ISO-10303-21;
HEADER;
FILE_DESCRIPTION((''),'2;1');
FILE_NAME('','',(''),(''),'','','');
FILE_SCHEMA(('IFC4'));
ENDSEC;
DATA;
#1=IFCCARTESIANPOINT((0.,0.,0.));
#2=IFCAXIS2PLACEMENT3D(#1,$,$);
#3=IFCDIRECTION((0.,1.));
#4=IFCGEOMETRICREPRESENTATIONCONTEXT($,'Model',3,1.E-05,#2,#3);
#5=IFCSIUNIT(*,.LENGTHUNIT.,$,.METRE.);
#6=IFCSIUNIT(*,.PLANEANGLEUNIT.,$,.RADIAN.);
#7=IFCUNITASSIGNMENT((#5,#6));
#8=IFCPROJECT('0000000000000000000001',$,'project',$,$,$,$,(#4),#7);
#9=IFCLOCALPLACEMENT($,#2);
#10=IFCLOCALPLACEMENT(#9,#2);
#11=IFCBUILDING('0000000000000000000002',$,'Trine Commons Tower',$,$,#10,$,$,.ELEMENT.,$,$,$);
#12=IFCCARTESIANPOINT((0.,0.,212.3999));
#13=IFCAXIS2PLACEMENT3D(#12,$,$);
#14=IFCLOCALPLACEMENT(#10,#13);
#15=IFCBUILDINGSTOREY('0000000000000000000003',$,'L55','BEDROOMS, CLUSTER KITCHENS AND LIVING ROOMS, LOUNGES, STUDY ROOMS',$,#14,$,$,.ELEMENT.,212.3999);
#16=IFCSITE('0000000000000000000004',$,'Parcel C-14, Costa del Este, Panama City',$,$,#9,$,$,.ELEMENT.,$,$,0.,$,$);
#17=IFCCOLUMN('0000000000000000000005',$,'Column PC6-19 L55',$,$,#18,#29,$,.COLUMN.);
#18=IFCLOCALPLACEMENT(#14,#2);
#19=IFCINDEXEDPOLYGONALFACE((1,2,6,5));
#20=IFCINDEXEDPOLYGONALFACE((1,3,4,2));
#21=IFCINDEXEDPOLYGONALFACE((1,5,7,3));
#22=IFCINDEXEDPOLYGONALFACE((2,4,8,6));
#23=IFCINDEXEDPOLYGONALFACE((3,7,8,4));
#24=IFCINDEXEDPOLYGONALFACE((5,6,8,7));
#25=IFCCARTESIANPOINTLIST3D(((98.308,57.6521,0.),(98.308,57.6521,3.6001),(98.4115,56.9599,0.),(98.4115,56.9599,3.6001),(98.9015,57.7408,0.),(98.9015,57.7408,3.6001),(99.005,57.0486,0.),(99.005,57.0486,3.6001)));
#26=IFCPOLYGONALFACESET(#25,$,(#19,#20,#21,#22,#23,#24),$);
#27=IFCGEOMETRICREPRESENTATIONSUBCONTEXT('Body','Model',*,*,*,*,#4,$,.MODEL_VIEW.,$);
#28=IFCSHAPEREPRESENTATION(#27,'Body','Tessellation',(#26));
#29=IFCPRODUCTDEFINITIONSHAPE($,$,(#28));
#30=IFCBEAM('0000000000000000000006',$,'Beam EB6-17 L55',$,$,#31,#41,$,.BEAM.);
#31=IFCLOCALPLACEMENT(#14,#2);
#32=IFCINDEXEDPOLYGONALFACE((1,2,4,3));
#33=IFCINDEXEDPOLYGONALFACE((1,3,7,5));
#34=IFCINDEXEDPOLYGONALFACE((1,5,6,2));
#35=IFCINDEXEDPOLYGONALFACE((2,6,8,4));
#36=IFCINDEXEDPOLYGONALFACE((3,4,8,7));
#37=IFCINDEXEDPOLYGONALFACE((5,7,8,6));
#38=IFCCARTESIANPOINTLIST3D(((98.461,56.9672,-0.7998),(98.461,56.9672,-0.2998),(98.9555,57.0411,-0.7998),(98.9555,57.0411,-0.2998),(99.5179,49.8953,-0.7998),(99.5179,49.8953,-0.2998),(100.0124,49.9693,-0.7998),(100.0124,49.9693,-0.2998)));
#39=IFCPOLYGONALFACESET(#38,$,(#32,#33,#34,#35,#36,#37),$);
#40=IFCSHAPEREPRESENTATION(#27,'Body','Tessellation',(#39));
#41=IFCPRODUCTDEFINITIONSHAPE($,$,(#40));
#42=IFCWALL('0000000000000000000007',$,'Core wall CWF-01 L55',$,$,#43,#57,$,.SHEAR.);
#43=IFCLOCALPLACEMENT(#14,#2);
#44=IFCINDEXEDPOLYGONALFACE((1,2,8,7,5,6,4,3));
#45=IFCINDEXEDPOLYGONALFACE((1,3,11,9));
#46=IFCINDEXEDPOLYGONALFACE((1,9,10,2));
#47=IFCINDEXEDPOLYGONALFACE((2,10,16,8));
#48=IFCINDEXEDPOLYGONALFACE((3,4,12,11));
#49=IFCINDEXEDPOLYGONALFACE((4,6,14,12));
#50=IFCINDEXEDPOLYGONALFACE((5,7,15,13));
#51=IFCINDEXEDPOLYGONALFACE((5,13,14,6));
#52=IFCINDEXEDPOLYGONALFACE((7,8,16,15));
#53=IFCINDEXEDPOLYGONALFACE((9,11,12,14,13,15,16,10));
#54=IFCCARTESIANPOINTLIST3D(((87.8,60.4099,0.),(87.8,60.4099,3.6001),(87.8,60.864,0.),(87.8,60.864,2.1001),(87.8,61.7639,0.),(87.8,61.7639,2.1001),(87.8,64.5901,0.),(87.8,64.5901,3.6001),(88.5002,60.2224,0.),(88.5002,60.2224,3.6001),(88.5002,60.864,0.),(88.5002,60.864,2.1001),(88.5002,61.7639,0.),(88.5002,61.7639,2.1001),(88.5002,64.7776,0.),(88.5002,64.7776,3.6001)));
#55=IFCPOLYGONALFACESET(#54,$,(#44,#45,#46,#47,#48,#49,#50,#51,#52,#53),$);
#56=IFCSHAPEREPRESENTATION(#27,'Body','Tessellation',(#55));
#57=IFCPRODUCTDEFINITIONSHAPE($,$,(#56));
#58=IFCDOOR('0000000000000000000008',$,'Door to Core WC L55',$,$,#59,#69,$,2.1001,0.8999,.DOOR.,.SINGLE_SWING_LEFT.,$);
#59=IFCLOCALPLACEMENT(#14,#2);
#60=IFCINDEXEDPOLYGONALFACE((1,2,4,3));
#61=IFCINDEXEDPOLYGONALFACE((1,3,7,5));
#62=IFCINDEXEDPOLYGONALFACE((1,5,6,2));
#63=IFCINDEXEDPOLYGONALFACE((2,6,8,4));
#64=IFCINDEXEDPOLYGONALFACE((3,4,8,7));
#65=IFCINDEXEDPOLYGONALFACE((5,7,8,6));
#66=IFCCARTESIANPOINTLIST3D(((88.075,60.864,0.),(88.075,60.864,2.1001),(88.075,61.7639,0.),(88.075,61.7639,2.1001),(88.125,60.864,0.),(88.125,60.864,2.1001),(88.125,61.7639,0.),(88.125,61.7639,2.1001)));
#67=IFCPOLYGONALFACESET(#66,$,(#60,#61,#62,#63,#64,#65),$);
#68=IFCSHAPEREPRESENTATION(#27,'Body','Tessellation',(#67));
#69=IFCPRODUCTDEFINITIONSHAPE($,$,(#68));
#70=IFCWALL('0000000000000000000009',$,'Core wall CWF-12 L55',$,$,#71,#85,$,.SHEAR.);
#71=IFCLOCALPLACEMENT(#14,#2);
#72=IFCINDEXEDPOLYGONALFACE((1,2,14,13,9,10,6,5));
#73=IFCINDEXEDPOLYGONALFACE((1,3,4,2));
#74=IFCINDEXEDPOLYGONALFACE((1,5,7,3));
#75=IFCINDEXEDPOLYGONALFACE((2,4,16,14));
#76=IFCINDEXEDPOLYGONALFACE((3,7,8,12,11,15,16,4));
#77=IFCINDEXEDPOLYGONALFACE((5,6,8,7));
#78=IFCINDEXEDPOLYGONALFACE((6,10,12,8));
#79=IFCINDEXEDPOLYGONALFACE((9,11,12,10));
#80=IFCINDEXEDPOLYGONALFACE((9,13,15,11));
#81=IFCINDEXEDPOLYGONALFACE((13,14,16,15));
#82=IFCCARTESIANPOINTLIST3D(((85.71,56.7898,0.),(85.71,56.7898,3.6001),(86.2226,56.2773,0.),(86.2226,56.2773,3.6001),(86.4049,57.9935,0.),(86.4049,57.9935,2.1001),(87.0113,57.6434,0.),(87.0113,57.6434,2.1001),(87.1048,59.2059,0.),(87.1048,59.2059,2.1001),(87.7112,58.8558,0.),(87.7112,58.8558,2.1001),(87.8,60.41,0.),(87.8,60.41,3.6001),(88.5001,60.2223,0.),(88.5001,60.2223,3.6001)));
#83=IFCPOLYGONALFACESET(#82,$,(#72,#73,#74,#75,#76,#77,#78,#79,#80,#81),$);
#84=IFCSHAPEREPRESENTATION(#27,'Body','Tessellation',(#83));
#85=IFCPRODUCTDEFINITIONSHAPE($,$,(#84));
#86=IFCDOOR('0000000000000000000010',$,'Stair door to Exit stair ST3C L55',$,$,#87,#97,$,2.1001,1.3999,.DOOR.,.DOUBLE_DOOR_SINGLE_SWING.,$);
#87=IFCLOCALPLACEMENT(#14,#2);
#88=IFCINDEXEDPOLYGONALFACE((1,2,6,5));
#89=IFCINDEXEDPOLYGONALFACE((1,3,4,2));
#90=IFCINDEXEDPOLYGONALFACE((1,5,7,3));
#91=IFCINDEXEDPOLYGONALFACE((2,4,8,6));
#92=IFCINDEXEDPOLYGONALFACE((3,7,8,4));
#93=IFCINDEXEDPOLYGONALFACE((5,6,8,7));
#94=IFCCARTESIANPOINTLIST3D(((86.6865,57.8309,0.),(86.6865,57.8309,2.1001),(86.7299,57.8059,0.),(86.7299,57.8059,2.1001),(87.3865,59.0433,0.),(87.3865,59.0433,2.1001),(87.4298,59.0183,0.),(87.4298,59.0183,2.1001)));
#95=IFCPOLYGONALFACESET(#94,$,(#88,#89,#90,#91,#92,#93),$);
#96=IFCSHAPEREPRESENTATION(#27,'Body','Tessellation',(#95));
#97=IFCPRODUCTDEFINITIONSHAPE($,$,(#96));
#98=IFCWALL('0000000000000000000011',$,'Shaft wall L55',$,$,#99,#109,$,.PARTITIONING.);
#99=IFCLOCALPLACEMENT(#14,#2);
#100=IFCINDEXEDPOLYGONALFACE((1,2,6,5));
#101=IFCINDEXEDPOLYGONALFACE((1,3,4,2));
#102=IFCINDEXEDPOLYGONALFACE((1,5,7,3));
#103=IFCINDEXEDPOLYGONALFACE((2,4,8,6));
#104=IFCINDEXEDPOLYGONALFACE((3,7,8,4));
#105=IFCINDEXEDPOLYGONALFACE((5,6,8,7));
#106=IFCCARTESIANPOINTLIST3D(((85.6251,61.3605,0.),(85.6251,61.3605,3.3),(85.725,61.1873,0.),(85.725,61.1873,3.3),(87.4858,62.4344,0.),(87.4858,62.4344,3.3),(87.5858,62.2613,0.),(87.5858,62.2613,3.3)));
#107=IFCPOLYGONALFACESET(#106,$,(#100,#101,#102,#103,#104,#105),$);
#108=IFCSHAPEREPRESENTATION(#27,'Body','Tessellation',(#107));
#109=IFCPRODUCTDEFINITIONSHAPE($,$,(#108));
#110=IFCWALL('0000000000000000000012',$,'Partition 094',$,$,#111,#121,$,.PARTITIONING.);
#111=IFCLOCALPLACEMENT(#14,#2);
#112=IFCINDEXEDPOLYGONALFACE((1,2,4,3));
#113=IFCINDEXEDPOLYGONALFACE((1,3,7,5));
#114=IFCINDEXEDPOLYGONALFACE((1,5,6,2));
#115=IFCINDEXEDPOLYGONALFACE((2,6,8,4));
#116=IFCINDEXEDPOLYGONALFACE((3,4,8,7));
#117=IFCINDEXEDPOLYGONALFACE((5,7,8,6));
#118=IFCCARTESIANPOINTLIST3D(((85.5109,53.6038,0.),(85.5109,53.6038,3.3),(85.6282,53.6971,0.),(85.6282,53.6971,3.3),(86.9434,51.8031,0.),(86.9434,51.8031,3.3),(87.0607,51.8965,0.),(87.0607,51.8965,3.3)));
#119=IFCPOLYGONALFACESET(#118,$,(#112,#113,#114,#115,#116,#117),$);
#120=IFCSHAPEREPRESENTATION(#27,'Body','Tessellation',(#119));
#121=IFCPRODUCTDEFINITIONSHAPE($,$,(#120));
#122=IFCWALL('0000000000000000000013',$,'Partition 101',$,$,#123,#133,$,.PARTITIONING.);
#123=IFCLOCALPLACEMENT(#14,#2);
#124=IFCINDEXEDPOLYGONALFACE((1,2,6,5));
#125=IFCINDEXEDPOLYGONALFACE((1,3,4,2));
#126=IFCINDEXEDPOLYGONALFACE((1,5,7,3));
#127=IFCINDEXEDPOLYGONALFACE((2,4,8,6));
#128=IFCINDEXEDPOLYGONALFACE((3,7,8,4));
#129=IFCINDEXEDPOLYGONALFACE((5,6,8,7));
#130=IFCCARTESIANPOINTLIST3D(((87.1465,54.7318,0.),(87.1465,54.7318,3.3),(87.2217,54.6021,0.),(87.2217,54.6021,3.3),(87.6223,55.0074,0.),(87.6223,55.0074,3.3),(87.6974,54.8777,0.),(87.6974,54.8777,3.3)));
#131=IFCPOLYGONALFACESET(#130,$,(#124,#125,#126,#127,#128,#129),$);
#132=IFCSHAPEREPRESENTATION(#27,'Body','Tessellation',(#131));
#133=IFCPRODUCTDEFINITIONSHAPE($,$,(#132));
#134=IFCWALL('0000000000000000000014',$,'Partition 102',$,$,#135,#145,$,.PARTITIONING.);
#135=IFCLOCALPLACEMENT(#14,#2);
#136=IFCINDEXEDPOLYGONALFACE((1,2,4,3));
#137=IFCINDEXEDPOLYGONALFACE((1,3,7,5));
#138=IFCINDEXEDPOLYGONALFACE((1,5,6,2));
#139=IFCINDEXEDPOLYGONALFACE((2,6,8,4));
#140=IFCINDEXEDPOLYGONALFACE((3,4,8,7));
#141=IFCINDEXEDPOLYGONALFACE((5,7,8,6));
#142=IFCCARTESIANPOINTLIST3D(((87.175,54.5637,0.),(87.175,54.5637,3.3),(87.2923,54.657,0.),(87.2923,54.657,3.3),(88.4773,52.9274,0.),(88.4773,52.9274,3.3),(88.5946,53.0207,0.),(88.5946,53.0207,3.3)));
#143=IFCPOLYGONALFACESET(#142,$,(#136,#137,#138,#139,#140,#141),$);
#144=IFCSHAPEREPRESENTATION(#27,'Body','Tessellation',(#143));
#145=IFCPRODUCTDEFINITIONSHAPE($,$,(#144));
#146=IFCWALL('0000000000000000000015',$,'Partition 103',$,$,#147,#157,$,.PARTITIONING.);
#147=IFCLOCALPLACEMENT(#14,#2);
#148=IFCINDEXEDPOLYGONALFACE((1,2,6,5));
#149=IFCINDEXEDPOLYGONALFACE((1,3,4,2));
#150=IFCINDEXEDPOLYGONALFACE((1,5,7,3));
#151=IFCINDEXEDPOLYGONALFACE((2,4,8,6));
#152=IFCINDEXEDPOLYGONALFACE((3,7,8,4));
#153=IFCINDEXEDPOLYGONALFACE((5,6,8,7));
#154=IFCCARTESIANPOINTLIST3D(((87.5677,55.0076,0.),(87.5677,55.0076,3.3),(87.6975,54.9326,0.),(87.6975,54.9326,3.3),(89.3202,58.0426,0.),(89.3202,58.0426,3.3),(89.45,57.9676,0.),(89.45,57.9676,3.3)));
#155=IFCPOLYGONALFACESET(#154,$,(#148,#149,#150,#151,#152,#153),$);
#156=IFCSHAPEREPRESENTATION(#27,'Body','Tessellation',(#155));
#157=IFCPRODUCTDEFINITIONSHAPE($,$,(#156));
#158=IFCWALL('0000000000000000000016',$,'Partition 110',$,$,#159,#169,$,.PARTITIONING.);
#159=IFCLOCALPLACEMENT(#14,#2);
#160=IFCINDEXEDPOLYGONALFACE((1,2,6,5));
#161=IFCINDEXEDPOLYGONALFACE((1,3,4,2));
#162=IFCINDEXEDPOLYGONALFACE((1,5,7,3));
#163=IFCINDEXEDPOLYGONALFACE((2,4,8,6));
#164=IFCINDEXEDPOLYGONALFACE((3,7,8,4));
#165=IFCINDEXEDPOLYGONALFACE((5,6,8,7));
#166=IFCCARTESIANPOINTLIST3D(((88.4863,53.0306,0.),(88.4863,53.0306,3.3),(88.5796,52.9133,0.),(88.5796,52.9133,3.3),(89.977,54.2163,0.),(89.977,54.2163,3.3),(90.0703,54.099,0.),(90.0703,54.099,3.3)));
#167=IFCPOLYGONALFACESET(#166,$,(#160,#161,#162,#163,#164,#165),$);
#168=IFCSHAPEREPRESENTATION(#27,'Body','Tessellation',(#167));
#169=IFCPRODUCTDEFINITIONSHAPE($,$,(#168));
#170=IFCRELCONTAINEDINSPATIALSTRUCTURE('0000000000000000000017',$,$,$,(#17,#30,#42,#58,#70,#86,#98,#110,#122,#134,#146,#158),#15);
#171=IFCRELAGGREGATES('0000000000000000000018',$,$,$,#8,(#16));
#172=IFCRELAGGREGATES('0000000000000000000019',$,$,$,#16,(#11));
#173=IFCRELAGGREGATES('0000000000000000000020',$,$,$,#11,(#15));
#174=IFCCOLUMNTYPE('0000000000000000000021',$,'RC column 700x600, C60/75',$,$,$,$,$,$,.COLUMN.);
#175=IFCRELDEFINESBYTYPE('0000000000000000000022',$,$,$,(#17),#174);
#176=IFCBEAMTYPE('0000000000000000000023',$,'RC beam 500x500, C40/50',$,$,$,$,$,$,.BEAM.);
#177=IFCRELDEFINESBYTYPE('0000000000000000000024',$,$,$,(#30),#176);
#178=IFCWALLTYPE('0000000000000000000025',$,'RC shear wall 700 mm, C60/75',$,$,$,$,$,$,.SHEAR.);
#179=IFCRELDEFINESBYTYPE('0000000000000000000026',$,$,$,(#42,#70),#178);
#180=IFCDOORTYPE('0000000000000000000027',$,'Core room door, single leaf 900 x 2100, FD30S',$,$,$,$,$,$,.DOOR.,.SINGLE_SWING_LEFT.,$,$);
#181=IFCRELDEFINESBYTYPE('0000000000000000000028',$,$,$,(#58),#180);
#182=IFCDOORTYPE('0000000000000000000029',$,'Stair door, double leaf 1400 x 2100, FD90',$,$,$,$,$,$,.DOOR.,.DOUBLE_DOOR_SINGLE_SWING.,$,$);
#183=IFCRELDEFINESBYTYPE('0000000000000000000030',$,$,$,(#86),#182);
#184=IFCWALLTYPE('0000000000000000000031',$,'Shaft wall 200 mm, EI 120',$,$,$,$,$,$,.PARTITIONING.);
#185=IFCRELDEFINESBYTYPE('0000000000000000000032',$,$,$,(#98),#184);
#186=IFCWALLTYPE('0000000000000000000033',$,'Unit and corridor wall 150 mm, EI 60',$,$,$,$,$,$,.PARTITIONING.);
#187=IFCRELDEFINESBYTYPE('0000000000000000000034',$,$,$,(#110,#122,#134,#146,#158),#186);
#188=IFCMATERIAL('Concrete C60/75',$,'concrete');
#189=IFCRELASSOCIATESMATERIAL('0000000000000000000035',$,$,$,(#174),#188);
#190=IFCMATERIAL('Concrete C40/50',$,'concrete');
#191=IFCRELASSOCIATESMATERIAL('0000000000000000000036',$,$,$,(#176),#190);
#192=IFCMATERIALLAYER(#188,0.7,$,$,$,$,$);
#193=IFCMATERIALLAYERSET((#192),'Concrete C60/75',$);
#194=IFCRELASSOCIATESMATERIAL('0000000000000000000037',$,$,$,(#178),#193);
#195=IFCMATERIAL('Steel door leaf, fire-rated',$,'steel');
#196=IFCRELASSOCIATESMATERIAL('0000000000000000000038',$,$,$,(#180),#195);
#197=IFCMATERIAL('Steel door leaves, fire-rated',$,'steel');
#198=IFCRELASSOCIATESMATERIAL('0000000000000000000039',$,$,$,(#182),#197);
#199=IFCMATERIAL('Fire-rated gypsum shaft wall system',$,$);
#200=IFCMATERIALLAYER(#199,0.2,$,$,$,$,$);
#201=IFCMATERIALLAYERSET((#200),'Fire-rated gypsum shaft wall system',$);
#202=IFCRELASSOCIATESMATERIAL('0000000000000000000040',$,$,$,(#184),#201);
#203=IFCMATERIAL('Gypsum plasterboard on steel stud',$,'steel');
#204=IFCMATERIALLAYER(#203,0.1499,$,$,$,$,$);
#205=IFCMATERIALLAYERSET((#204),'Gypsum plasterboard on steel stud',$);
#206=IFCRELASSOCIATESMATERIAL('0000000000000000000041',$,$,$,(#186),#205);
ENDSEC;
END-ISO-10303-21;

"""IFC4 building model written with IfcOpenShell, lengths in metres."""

from ifc_helpers import new_model, si_unit, direction, frame, frame_2d, origin, origin_2d, place, context, subcontext, project, spatial, polyline, rectangle, outline, extrude, material, layer, layer_set, material_profile, profile_set, type_object, element, fill, save


model = new_model("IFC4")

# Units and contexts
model_context = context("Model", 3, precision=1e-05, world=origin(), true_north=direction((0.0, 1.0)))
body_context = subcontext(model_context, "Body", "Model", "MODEL_VIEW")
ifc_project = project(units=[si_unit("LENGTHUNIT", "METRE"), si_unit("PLANEANGLEUNIT", "RADIAN")], contexts=[model_context])

# Site, building, storey
site_placement = place(None, origin())
site = spatial("IfcSite", under=ifc_project, at=site_placement, Name="Parcel C-14, Costa del Este, Panama City", CompositionType="ELEMENT", RefElevation=0.0)
building_placement = place(site_placement, origin())
building = spatial("IfcBuilding", under=site, at=building_placement, Name="Trine Commons Tower", CompositionType="ELEMENT")
storey_placement = place(building_placement, frame((0.0, 0.0, 212.3999)))
storey = spatial("IfcBuildingStorey", under=building, at=storey_placement, Name="L55", Description="BEDROOMS, CLUSTER KITCHENS AND LIVING ROOMS, LOUNGES, STUDY ROOMS", CompositionType="ELEMENT", Elevation=212.3999)

# Column
ifc_material_1 = material(Name="Concrete C60/75", Category="concrete")
ifc_material_profile_1 = material_profile(ifc_material_1, rectangle(XDim=0.7, YDim=0.6001, at=origin_2d()), Name="RC 700x600")
ifc_profile_set_1 = profile_set([ifc_material_profile_1], Name="Concrete C60/75")
column_type = type_object("IfcColumnType", Name="RC column 700x600, C60/75", PredefinedType="COLUMN", material=ifc_profile_set_1)
column_placement = place(storey_placement, frame((98.6565, 57.3503, 0.0), z_axis=(0.0, 0.0, 1.0), x_axis=(-0.147809, 0.989016, 0.0)))
element("IfcColumn", 1, at=column_placement, inside=storey, type_object=column_type, Name="Column PC6-19 L55", PredefinedType="COLUMN", context=body_context, shape_type="SweptSolid", body=[
    extrude(rectangle(XDim=0.7, YDim=0.6001, at=origin_2d()), origin(), (0.0, 0.0, 1.0), 3.6001),
])

# Beam
ifc_material_2 = material(Name="Concrete C40/50", Category="concrete")
ifc_material_profile_2 = material_profile(ifc_material_2, rectangle(XDim=0.5, YDim=0.5, at=origin_2d()), Name="RC 500x500")
ifc_profile_set_2 = profile_set([ifc_material_profile_2], Name="Concrete C40/50")
beam_type = type_object("IfcBeamType", Name="RC beam 500x500, C40/50", PredefinedType="BEAM", material=ifc_profile_set_2)
beam_placement = place(storey_placement, frame((98.7083, 57.0042, -0.5498), z_axis=(0.147809, -0.989016, 0.0), x_axis=(0.989016, 0.147809, 0.0)))
element("IfcBeam", 2, at=beam_placement, inside=storey, type_object=beam_type, Name="Beam EB6-17 L55", PredefinedType="BEAM", context=body_context, shape_type="SweptSolid", body=[
    extrude(rectangle(XDim=0.5, YDim=0.5, at=origin_2d()), origin(), (0.0, 0.0, 1.0), 7.1504),
])

# Walls, openings, doors
ifc_layer_1 = layer(ifc_material_1, 0.7)
ifc_layer_set_1 = layer_set([ifc_layer_1], Name="Concrete C60/75")
wall_type_1 = type_object("IfcWallType", Name="RC shear wall 700 mm, C60/75", PredefinedType="SHEAR", material=ifc_layer_set_1)
wall_1_placement = place(storey_placement, frame((88.1501, 60.2224, 0.0), z_axis=(0.0, 0.0, 1.0), x_axis=(0.0, 1.0, 0.0)))
wall_1 = element("IfcWall", 3, at=wall_1_placement, inside=storey, type_object=wall_type_1, Name="Core wall CWF-01 L55", PredefinedType="SHEAR", context=body_context, shape_type="SweptSolid", body=[
    extrude(outline(polyline([(0.0, -0.3501), (4.5552, -0.3501), (4.3677, 0.3501), (0.1875, 0.3501), (0.0, -0.3501)])), origin(), (0.0, 0.0, 1.0), 3.6001),
])
opening_1_placement = place(wall_1_placement, frame((0.6416, 0.0, 0.0)))
opening_1 = element("IfcOpeningElement", 4, at=opening_1_placement, cuts=wall_1, PredefinedType="OPENING", context=body_context, shape_type="SweptSolid", body=[
    extrude(rectangle(XDim=0.8999, YDim=2.1001, at=frame_2d((0.45, 1.05))), frame((0.0, 0.3599, 0.0), z_axis=(0.0, -1.0, 0.0), x_axis=(1.0, 0.0, 0.0)), (0.0, 0.0, 1.0), 0.72),
])
ifc_material_3 = material(Name="Steel door leaf, fire-rated", Category="steel")
door_type_1 = type_object("IfcDoorType", Name="Core room door, single leaf 900 x 2100, FD30S", OperationType="SINGLE_SWING_LEFT", PredefinedType="DOOR", material=ifc_material_3)
door_1_placement = place(opening_1_placement, origin())
door_1 = element("IfcDoor", 5, at=door_1_placement, inside=storey, type_object=door_type_1, Name="Door to Core WC L55", OperationType="SINGLE_SWING_LEFT", OverallHeight=2.1001, OverallWidth=0.8999, PredefinedType="DOOR", context=body_context, shape_type="SweptSolid", body=[
    extrude(rectangle(XDim=0.8999, YDim=2.1001, at=frame_2d((0.45, 1.05))), frame((0.0, 0.0752, 0.0), z_axis=(0.0, -1.0, 0.0), x_axis=(1.0, 0.0, 0.0)), (0.0, 0.0, 1.0), 0.05),
])
fill(opening_1, door_1)
wall_2_placement = place(storey_placement, frame((85.9194, 56.4524, 0.0), z_axis=(0.0, 0.0, 1.0), x_axis=(0.499984, 0.866035, 0.0)))
wall_2 = element("IfcWall", 6, at=wall_2_placement, inside=storey, type_object=wall_type_1, Name="Core wall CWF-12 L55", PredefinedType="SHEAR", context=body_context, shape_type="SweptSolid", body=[
    extrude(outline(polyline([(0.0, -0.3501), (4.5552, -0.3501), (4.3677, 0.3501), (0.1875, 0.3501), (0.0, -0.3501)])), origin(), (0.0, 0.0, 1.0), 3.6001),
])
opening_2_placement = place(wall_2_placement, frame((1.5774, 0.0, 0.0)))
opening_2 = element("IfcOpeningElement", 7, at=opening_2_placement, cuts=wall_2, PredefinedType="OPENING", context=body_context, shape_type="SweptSolid", body=[
    extrude(rectangle(XDim=1.3999, YDim=2.1001, at=frame_2d((0.7, 1.05))), frame((0.0, 0.3599, 0.0), z_axis=(0.0, -1.0, 0.0), x_axis=(1.0, 0.0, 0.0)), (0.0, 0.0, 1.0), 0.72),
])
ifc_material_4 = material(Name="Steel door leaves, fire-rated", Category="steel")
door_type_2 = type_object("IfcDoorType", Name="Stair door, double leaf 1400 x 2100, FD90", OperationType="DOUBLE_DOOR_SINGLE_SWING", PredefinedType="DOOR", material=ifc_material_4)
door_2_placement = place(opening_2_placement, origin())
door_2 = element("IfcDoor", 8, at=door_2_placement, inside=storey, type_object=door_type_2, Name="Stair door to Exit stair ST3C L55", OperationType="DOUBLE_DOOR_SINGLE_SWING", OverallHeight=2.1001, OverallWidth=1.3999, PredefinedType="DOOR", context=body_context, shape_type="SweptSolid", body=[
    extrude(rectangle(XDim=1.3999, YDim=2.1001, at=frame_2d((0.7, 1.05))), frame((0.0, 0.0249, 0.0), z_axis=(0.0, -1.0, 0.0), x_axis=(1.0, 0.0, 0.0)), (0.0, 0.0, 1.0), 0.05),
])
fill(opening_2, door_2)

# Walls
ifc_material_5 = material(Name="Fire-rated gypsum shaft wall system")
ifc_layer_2 = layer(ifc_material_5, 0.2)
ifc_layer_set_2 = layer_set([ifc_layer_2], Name="Fire-rated gypsum shaft wall system")
wall_type_2 = type_object("IfcWallType", Name="Shaft wall 200 mm, EI 120", PredefinedType="PARTITIONING", material=ifc_layer_set_2)
wall_3_placement = place(storey_placement, frame((85.675, 61.2739, 0.0), z_axis=(0.0, 0.0, 1.0), x_axis=(0.866102, 0.499867, 0.0)))
element("IfcWall", 9, at=wall_3_placement, inside=storey, type_object=wall_type_2, Name="Shaft wall L55", PredefinedType="PARTITIONING", context=body_context, shape_type="SweptSolid", body=[
    extrude(rectangle(XDim=2.1484, YDim=0.2, at=frame_2d((1.0742, 0.0))), origin(), (0.0, 0.0, 1.0), 3.3),
])
ifc_material_6 = material(Name="Gypsum plasterboard on steel stud", Category="steel")
ifc_layer_3 = layer(ifc_material_6, 0.1499)
ifc_layer_set_3 = layer_set([ifc_layer_3], Name="Gypsum plasterboard on steel stud")
wall_type_3 = type_object("IfcWallType", Name="Unit and corridor wall 150 mm, EI 60", PredefinedType="PARTITIONING", material=ifc_layer_set_3)
wall_4_placement = place(storey_placement, frame((85.5696, 53.6504, 0.0), z_axis=(0.0, 0.0, 1.0), x_axis=(0.622571, -0.782563, 0.0)))
element("IfcWall", 10, at=wall_4_placement, inside=storey, type_object=wall_type_3, Name="Partition 094", PredefinedType="PARTITIONING", context=body_context, shape_type="SweptSolid", body=[
    extrude(rectangle(XDim=2.301, YDim=0.1499, at=frame_2d((1.1504, 0.0))), origin(), (0.0, 0.0, 1.0), 3.3),
])
wall_5_placement = place(storey_placement, frame((87.1841, 54.667, 0.0), z_axis=(0.0, 0.0, 1.0), x_axis=(0.865305, 0.501246, 0.0)))
element("IfcWall", 11, at=wall_5_placement, inside=storey, type_object=wall_type_3, Name="Partition 101", PredefinedType="PARTITIONING", context=body_context, shape_type="SweptSolid", body=[
    extrude(rectangle(XDim=0.5498, YDim=0.1499, at=frame_2d((0.2749, 0.0))), origin(), (0.0, 0.0, 1.0), 3.3),
])
wall_6_placement = place(storey_placement, frame((87.2336, 54.6104, 0.0), z_axis=(0.0, 0.0, 1.0), x_axis=(0.622728, -0.782438, 0.0)))
element("IfcWall", 12, at=wall_6_placement, inside=storey, type_object=wall_type_3, Name="Partition 102", PredefinedType="PARTITIONING", context=body_context, shape_type="SweptSolid", body=[
    extrude(rectangle(XDim=2.0913, YDim=0.1499, at=frame_2d((1.0457, 0.0))), origin(), (0.0, 0.0, 1.0), 3.3),
])
wall_7_placement = place(storey_placement, frame((87.6326, 54.97, 0.0), z_axis=(0.0, 0.0, 1.0), x_axis=(0.50005, 0.865996, 0.0)))
element("IfcWall", 13, at=wall_7_placement, inside=storey, type_object=wall_type_3, Name="Partition 103", PredefinedType="PARTITIONING", context=body_context, shape_type="SweptSolid", body=[
    extrude(rectangle(XDim=3.5046, YDim=0.1499, at=frame_2d((1.7524, 0.0))), origin(), (0.0, 0.0, 1.0), 3.3),
])
wall_8_placement = place(storey_placement, frame((88.533, 52.9719, 0.0), z_axis=(0.0, 0.0, 1.0), x_axis=(0.782604, 0.62252, 0.0)))
element("IfcWall", 14, at=wall_8_placement, inside=storey, type_object=wall_type_3, Name="Partition 110", PredefinedType="PARTITIONING", context=body_context, shape_type="SweptSolid", body=[
    extrude(rectangle(XDim=1.9048, YDim=0.1499, at=frame_2d((0.9524, 0.0))), origin(), (0.0, 0.0, 1.0), 3.3),
])

save(model, "model.ifc")
